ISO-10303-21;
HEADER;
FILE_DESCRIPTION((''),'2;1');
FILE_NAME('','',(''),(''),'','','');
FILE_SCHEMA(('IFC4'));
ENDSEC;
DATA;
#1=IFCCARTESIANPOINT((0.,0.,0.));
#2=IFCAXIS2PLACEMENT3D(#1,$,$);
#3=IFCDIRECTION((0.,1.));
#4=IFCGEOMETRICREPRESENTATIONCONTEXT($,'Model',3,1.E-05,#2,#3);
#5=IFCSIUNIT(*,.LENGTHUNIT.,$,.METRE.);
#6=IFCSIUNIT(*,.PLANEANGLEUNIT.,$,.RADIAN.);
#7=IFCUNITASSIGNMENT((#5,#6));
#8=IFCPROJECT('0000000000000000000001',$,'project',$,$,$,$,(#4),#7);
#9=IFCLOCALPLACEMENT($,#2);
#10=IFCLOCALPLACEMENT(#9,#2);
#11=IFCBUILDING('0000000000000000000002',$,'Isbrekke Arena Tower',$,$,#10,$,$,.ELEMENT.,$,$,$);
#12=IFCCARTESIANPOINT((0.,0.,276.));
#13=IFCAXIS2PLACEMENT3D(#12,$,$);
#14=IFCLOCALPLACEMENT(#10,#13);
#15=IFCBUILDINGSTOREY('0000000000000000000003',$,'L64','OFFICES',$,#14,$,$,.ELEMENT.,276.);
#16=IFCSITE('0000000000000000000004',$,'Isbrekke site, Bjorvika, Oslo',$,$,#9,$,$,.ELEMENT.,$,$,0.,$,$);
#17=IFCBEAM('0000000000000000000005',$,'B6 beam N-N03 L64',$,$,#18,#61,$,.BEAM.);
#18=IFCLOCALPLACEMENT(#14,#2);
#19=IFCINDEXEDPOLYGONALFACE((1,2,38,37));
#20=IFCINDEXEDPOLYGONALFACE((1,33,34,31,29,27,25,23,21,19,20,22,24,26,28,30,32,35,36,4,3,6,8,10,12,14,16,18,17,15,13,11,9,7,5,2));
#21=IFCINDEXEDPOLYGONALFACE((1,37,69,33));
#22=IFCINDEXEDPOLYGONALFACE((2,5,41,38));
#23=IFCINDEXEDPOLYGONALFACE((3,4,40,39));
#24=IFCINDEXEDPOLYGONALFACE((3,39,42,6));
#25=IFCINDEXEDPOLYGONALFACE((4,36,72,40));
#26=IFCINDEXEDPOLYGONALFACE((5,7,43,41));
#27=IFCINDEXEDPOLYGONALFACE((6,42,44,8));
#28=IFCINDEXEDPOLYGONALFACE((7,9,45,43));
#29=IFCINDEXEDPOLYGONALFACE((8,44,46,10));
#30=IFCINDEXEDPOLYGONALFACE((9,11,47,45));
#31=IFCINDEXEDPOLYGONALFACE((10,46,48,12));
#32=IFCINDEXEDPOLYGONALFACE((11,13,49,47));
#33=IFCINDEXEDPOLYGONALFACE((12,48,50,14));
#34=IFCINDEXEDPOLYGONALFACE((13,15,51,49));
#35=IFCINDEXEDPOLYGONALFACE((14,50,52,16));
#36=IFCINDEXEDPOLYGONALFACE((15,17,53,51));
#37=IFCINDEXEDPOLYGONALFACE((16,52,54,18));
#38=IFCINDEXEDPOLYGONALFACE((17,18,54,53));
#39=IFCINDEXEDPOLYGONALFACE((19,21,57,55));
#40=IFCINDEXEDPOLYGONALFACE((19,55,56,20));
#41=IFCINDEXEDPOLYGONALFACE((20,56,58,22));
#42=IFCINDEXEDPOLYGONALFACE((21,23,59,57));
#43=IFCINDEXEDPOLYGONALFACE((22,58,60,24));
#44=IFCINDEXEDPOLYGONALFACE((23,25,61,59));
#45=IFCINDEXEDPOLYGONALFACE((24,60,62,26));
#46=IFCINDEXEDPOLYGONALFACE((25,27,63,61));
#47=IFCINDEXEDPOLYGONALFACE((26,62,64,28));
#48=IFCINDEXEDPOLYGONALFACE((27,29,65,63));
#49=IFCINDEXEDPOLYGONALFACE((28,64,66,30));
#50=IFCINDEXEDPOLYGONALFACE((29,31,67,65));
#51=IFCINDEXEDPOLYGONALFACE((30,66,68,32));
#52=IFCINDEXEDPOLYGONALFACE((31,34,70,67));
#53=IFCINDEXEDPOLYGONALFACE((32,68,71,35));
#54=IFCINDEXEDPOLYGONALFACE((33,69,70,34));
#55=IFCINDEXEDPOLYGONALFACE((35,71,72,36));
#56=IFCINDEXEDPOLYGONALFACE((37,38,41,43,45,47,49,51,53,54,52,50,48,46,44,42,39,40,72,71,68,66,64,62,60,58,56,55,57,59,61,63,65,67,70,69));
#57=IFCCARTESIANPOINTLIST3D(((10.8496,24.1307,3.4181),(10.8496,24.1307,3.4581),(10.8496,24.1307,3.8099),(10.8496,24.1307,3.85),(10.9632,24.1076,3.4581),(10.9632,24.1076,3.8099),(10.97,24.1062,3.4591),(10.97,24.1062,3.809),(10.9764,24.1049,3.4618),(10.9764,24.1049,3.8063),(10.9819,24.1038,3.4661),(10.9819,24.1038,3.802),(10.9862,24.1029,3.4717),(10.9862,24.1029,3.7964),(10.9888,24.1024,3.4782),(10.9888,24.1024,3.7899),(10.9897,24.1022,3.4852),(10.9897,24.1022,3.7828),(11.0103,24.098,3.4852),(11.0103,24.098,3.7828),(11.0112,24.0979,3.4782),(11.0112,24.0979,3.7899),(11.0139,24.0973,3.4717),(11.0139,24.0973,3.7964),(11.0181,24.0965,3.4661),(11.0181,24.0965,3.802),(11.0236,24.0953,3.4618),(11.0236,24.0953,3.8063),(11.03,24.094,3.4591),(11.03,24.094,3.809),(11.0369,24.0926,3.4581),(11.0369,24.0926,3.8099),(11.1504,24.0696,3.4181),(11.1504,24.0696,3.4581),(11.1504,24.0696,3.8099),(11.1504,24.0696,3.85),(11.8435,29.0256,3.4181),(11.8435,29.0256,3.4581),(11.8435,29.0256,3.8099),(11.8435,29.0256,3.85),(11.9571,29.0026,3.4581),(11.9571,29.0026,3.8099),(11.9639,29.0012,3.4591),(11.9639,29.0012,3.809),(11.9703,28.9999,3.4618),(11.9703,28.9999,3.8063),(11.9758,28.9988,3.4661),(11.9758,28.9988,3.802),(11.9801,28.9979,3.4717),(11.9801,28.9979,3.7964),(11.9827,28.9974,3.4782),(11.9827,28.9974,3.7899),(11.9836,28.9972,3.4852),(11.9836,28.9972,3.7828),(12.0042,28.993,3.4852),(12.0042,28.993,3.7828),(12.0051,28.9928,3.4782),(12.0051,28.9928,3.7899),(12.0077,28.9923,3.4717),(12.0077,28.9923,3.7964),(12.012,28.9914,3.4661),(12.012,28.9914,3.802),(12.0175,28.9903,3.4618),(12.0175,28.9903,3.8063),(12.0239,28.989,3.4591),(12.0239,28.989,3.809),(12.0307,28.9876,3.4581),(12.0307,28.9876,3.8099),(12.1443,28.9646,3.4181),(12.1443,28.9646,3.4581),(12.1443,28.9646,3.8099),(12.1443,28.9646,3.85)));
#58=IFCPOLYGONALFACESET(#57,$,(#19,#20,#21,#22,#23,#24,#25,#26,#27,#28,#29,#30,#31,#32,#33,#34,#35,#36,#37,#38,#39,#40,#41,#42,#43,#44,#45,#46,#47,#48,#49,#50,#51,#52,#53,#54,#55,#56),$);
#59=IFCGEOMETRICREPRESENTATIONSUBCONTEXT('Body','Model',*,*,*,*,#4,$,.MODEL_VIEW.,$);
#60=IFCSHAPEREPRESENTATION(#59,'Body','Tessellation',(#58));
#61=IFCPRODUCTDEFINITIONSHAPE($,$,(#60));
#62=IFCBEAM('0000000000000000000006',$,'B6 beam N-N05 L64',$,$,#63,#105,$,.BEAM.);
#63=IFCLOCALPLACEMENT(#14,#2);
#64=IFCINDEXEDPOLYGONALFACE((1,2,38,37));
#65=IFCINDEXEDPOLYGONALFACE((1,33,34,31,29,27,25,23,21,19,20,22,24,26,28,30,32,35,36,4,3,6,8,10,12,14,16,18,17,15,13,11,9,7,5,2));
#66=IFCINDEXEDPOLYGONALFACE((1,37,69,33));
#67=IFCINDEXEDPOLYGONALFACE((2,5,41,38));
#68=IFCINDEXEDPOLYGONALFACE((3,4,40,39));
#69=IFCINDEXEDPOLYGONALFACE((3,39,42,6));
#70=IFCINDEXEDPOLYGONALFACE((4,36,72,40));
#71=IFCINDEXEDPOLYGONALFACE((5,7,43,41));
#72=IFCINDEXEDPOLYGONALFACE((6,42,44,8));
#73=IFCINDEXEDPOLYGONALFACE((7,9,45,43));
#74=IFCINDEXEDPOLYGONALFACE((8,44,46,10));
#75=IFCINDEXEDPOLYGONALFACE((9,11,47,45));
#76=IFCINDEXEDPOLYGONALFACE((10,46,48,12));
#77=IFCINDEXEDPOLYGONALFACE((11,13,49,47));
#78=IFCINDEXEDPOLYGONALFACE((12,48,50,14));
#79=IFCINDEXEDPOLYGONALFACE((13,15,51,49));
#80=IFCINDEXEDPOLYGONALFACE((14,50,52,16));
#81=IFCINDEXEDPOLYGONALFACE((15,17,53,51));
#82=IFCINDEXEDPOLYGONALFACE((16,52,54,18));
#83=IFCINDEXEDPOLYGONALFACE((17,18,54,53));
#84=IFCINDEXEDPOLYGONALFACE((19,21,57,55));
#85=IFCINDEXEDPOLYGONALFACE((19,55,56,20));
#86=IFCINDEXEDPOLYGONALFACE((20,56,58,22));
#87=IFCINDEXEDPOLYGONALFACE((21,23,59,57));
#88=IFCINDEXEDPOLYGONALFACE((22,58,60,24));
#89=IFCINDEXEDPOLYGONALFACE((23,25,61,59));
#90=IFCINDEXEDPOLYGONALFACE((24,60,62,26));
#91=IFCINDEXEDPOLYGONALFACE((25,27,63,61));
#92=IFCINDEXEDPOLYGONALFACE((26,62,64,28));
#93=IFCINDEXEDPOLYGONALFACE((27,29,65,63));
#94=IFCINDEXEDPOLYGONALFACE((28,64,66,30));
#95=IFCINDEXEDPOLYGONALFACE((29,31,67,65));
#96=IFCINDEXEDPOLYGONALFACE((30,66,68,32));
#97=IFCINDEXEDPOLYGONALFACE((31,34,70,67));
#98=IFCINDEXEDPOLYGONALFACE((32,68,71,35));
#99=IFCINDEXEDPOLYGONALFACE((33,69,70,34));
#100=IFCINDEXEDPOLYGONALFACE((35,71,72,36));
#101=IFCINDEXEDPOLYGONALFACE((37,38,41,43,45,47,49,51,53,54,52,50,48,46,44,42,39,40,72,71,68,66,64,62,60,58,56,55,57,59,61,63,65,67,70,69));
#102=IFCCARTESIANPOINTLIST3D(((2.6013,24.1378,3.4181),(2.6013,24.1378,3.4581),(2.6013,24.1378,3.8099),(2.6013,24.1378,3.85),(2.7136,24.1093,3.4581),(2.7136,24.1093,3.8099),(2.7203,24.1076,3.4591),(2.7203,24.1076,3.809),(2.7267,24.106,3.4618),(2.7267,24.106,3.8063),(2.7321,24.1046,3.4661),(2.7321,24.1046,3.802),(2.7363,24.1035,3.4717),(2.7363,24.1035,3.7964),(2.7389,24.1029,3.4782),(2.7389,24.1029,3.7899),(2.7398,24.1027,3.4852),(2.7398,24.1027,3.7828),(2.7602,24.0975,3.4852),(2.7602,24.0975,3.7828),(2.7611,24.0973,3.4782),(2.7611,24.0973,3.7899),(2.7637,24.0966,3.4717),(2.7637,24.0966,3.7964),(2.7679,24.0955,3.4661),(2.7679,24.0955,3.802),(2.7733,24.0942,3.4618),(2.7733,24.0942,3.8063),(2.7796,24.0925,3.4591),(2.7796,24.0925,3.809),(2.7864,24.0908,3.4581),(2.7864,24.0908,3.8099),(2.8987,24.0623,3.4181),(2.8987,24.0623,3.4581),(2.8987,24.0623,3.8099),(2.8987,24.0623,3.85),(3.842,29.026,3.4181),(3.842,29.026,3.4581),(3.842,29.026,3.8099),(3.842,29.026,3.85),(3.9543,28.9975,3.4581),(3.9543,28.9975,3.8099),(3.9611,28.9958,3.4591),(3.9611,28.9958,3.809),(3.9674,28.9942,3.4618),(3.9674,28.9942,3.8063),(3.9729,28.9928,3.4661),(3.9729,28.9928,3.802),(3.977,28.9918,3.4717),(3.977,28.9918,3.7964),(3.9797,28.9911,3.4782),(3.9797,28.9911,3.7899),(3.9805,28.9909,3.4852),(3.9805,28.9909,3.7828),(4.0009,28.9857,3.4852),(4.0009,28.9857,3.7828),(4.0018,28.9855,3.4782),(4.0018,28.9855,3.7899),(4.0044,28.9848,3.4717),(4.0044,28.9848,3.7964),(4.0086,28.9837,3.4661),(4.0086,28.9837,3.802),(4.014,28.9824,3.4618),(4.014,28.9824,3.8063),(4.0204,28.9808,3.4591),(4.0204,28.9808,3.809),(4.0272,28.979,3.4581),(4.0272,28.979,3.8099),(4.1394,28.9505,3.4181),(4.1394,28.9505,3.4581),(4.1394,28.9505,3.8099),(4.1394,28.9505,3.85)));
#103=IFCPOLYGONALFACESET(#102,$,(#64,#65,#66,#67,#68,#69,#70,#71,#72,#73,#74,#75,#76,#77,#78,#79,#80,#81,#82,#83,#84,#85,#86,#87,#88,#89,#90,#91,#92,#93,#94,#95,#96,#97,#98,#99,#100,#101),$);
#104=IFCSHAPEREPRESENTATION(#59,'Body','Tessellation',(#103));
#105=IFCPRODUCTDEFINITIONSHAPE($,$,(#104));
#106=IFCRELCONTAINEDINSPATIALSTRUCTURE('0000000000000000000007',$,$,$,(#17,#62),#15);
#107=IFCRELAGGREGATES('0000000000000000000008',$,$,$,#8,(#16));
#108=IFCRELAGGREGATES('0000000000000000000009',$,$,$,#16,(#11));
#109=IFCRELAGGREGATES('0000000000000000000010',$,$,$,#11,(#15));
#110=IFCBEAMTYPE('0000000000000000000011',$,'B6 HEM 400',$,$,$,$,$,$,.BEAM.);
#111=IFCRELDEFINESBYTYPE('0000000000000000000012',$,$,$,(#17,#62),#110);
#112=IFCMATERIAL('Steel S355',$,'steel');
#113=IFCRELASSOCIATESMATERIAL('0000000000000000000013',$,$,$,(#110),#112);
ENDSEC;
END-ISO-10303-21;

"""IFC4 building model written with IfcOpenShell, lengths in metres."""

from ifc_helpers import new_model, si_unit, direction, frame, origin, origin_2d, place, context, subcontext, project, spatial, i_section, extrude, material, material_profile, profile_set, type_object, element, save


model = new_model("IFC4")

# Units and contexts
model_context = context("Model", 3, precision=1e-05, world=origin(), true_north=direction((0.0, 1.0)))
body_context = subcontext(model_context, "Body", "Model", "MODEL_VIEW")
ifc_project = project(units=[si_unit("LENGTHUNIT", "METRE"), si_unit("PLANEANGLEUNIT", "RADIAN")], contexts=[model_context])

# Site, building, storey
site_placement = place(None, origin())
site = spatial("IfcSite", under=ifc_project, at=site_placement, Name="Isbrekke site, Bjorvika, Oslo", CompositionType="ELEMENT", RefElevation=0.0)
building_placement = place(site_placement, origin())
building = spatial("IfcBuilding", under=site, at=building_placement, Name="Isbrekke Arena Tower", CompositionType="ELEMENT")
storey_placement = place(building_placement, frame((0.0, 0.0, 276.0)))
storey = spatial("IfcBuildingStorey", under=building, at=storey_placement, Name="L64", Description="OFFICES", CompositionType="ELEMENT", Elevation=276.0)

# Beams
ifc_material_1 = material(Name="Steel S355", Category="steel")
ifc_material_profile = material_profile(ifc_material_1, i_section(OverallWidth=0.3069, OverallDepth=0.4319, WebThickness=0.021, FlangeThickness=0.04, FilletRadius=0.0271, at=origin_2d()), Name="HEM 400")
ifc_profile_set = profile_set([ifc_material_profile], Name="Steel S355")
beam_type = type_object("IfcBeamType", Name="B6 HEM 400", PredefinedType="BEAM", material=ifc_profile_set)
beam_1_placement = place(storey_placement, frame((11.9939, 28.9951, 3.634), z_axis=(-0.198982, -0.980003, 0.0), x_axis=(0.980003, -0.198982, 0.0)))
element("IfcBeam", 1, at=beam_1_placement, inside=storey, type_object=beam_type, Name="B6 beam N-N03 L64", PredefinedType="BEAM", context=body_context, shape_type="SweptSolid", body=[
    extrude(i_section(OverallWidth=0.3069, OverallDepth=0.4319, WebThickness=0.021, FlangeThickness=0.04, FilletRadius=0.0271, at=origin_2d()), origin(), (0.0, 0.0, 1.0), 4.9949),
])
beam_2_placement = place(storey_placement, frame((3.9907, 28.9883, 3.634), z_axis=(-0.24602, -0.969265, 0.0), x_axis=(0.969265, -0.24602, 0.0)))
element("IfcBeam", 2, at=beam_2_placement, inside=storey, type_object=beam_type, Name="B6 beam N-N05 L64", PredefinedType="BEAM", context=body_context, shape_type="SweptSolid", body=[
    extrude(i_section(OverallWidth=0.3069, OverallDepth=0.4319, WebThickness=0.021, FlangeThickness=0.04, FilletRadius=0.0271, at=origin_2d()), origin(), (0.0, 0.0, 1.0), 5.0432),
])

save(model, "model.ifc")
